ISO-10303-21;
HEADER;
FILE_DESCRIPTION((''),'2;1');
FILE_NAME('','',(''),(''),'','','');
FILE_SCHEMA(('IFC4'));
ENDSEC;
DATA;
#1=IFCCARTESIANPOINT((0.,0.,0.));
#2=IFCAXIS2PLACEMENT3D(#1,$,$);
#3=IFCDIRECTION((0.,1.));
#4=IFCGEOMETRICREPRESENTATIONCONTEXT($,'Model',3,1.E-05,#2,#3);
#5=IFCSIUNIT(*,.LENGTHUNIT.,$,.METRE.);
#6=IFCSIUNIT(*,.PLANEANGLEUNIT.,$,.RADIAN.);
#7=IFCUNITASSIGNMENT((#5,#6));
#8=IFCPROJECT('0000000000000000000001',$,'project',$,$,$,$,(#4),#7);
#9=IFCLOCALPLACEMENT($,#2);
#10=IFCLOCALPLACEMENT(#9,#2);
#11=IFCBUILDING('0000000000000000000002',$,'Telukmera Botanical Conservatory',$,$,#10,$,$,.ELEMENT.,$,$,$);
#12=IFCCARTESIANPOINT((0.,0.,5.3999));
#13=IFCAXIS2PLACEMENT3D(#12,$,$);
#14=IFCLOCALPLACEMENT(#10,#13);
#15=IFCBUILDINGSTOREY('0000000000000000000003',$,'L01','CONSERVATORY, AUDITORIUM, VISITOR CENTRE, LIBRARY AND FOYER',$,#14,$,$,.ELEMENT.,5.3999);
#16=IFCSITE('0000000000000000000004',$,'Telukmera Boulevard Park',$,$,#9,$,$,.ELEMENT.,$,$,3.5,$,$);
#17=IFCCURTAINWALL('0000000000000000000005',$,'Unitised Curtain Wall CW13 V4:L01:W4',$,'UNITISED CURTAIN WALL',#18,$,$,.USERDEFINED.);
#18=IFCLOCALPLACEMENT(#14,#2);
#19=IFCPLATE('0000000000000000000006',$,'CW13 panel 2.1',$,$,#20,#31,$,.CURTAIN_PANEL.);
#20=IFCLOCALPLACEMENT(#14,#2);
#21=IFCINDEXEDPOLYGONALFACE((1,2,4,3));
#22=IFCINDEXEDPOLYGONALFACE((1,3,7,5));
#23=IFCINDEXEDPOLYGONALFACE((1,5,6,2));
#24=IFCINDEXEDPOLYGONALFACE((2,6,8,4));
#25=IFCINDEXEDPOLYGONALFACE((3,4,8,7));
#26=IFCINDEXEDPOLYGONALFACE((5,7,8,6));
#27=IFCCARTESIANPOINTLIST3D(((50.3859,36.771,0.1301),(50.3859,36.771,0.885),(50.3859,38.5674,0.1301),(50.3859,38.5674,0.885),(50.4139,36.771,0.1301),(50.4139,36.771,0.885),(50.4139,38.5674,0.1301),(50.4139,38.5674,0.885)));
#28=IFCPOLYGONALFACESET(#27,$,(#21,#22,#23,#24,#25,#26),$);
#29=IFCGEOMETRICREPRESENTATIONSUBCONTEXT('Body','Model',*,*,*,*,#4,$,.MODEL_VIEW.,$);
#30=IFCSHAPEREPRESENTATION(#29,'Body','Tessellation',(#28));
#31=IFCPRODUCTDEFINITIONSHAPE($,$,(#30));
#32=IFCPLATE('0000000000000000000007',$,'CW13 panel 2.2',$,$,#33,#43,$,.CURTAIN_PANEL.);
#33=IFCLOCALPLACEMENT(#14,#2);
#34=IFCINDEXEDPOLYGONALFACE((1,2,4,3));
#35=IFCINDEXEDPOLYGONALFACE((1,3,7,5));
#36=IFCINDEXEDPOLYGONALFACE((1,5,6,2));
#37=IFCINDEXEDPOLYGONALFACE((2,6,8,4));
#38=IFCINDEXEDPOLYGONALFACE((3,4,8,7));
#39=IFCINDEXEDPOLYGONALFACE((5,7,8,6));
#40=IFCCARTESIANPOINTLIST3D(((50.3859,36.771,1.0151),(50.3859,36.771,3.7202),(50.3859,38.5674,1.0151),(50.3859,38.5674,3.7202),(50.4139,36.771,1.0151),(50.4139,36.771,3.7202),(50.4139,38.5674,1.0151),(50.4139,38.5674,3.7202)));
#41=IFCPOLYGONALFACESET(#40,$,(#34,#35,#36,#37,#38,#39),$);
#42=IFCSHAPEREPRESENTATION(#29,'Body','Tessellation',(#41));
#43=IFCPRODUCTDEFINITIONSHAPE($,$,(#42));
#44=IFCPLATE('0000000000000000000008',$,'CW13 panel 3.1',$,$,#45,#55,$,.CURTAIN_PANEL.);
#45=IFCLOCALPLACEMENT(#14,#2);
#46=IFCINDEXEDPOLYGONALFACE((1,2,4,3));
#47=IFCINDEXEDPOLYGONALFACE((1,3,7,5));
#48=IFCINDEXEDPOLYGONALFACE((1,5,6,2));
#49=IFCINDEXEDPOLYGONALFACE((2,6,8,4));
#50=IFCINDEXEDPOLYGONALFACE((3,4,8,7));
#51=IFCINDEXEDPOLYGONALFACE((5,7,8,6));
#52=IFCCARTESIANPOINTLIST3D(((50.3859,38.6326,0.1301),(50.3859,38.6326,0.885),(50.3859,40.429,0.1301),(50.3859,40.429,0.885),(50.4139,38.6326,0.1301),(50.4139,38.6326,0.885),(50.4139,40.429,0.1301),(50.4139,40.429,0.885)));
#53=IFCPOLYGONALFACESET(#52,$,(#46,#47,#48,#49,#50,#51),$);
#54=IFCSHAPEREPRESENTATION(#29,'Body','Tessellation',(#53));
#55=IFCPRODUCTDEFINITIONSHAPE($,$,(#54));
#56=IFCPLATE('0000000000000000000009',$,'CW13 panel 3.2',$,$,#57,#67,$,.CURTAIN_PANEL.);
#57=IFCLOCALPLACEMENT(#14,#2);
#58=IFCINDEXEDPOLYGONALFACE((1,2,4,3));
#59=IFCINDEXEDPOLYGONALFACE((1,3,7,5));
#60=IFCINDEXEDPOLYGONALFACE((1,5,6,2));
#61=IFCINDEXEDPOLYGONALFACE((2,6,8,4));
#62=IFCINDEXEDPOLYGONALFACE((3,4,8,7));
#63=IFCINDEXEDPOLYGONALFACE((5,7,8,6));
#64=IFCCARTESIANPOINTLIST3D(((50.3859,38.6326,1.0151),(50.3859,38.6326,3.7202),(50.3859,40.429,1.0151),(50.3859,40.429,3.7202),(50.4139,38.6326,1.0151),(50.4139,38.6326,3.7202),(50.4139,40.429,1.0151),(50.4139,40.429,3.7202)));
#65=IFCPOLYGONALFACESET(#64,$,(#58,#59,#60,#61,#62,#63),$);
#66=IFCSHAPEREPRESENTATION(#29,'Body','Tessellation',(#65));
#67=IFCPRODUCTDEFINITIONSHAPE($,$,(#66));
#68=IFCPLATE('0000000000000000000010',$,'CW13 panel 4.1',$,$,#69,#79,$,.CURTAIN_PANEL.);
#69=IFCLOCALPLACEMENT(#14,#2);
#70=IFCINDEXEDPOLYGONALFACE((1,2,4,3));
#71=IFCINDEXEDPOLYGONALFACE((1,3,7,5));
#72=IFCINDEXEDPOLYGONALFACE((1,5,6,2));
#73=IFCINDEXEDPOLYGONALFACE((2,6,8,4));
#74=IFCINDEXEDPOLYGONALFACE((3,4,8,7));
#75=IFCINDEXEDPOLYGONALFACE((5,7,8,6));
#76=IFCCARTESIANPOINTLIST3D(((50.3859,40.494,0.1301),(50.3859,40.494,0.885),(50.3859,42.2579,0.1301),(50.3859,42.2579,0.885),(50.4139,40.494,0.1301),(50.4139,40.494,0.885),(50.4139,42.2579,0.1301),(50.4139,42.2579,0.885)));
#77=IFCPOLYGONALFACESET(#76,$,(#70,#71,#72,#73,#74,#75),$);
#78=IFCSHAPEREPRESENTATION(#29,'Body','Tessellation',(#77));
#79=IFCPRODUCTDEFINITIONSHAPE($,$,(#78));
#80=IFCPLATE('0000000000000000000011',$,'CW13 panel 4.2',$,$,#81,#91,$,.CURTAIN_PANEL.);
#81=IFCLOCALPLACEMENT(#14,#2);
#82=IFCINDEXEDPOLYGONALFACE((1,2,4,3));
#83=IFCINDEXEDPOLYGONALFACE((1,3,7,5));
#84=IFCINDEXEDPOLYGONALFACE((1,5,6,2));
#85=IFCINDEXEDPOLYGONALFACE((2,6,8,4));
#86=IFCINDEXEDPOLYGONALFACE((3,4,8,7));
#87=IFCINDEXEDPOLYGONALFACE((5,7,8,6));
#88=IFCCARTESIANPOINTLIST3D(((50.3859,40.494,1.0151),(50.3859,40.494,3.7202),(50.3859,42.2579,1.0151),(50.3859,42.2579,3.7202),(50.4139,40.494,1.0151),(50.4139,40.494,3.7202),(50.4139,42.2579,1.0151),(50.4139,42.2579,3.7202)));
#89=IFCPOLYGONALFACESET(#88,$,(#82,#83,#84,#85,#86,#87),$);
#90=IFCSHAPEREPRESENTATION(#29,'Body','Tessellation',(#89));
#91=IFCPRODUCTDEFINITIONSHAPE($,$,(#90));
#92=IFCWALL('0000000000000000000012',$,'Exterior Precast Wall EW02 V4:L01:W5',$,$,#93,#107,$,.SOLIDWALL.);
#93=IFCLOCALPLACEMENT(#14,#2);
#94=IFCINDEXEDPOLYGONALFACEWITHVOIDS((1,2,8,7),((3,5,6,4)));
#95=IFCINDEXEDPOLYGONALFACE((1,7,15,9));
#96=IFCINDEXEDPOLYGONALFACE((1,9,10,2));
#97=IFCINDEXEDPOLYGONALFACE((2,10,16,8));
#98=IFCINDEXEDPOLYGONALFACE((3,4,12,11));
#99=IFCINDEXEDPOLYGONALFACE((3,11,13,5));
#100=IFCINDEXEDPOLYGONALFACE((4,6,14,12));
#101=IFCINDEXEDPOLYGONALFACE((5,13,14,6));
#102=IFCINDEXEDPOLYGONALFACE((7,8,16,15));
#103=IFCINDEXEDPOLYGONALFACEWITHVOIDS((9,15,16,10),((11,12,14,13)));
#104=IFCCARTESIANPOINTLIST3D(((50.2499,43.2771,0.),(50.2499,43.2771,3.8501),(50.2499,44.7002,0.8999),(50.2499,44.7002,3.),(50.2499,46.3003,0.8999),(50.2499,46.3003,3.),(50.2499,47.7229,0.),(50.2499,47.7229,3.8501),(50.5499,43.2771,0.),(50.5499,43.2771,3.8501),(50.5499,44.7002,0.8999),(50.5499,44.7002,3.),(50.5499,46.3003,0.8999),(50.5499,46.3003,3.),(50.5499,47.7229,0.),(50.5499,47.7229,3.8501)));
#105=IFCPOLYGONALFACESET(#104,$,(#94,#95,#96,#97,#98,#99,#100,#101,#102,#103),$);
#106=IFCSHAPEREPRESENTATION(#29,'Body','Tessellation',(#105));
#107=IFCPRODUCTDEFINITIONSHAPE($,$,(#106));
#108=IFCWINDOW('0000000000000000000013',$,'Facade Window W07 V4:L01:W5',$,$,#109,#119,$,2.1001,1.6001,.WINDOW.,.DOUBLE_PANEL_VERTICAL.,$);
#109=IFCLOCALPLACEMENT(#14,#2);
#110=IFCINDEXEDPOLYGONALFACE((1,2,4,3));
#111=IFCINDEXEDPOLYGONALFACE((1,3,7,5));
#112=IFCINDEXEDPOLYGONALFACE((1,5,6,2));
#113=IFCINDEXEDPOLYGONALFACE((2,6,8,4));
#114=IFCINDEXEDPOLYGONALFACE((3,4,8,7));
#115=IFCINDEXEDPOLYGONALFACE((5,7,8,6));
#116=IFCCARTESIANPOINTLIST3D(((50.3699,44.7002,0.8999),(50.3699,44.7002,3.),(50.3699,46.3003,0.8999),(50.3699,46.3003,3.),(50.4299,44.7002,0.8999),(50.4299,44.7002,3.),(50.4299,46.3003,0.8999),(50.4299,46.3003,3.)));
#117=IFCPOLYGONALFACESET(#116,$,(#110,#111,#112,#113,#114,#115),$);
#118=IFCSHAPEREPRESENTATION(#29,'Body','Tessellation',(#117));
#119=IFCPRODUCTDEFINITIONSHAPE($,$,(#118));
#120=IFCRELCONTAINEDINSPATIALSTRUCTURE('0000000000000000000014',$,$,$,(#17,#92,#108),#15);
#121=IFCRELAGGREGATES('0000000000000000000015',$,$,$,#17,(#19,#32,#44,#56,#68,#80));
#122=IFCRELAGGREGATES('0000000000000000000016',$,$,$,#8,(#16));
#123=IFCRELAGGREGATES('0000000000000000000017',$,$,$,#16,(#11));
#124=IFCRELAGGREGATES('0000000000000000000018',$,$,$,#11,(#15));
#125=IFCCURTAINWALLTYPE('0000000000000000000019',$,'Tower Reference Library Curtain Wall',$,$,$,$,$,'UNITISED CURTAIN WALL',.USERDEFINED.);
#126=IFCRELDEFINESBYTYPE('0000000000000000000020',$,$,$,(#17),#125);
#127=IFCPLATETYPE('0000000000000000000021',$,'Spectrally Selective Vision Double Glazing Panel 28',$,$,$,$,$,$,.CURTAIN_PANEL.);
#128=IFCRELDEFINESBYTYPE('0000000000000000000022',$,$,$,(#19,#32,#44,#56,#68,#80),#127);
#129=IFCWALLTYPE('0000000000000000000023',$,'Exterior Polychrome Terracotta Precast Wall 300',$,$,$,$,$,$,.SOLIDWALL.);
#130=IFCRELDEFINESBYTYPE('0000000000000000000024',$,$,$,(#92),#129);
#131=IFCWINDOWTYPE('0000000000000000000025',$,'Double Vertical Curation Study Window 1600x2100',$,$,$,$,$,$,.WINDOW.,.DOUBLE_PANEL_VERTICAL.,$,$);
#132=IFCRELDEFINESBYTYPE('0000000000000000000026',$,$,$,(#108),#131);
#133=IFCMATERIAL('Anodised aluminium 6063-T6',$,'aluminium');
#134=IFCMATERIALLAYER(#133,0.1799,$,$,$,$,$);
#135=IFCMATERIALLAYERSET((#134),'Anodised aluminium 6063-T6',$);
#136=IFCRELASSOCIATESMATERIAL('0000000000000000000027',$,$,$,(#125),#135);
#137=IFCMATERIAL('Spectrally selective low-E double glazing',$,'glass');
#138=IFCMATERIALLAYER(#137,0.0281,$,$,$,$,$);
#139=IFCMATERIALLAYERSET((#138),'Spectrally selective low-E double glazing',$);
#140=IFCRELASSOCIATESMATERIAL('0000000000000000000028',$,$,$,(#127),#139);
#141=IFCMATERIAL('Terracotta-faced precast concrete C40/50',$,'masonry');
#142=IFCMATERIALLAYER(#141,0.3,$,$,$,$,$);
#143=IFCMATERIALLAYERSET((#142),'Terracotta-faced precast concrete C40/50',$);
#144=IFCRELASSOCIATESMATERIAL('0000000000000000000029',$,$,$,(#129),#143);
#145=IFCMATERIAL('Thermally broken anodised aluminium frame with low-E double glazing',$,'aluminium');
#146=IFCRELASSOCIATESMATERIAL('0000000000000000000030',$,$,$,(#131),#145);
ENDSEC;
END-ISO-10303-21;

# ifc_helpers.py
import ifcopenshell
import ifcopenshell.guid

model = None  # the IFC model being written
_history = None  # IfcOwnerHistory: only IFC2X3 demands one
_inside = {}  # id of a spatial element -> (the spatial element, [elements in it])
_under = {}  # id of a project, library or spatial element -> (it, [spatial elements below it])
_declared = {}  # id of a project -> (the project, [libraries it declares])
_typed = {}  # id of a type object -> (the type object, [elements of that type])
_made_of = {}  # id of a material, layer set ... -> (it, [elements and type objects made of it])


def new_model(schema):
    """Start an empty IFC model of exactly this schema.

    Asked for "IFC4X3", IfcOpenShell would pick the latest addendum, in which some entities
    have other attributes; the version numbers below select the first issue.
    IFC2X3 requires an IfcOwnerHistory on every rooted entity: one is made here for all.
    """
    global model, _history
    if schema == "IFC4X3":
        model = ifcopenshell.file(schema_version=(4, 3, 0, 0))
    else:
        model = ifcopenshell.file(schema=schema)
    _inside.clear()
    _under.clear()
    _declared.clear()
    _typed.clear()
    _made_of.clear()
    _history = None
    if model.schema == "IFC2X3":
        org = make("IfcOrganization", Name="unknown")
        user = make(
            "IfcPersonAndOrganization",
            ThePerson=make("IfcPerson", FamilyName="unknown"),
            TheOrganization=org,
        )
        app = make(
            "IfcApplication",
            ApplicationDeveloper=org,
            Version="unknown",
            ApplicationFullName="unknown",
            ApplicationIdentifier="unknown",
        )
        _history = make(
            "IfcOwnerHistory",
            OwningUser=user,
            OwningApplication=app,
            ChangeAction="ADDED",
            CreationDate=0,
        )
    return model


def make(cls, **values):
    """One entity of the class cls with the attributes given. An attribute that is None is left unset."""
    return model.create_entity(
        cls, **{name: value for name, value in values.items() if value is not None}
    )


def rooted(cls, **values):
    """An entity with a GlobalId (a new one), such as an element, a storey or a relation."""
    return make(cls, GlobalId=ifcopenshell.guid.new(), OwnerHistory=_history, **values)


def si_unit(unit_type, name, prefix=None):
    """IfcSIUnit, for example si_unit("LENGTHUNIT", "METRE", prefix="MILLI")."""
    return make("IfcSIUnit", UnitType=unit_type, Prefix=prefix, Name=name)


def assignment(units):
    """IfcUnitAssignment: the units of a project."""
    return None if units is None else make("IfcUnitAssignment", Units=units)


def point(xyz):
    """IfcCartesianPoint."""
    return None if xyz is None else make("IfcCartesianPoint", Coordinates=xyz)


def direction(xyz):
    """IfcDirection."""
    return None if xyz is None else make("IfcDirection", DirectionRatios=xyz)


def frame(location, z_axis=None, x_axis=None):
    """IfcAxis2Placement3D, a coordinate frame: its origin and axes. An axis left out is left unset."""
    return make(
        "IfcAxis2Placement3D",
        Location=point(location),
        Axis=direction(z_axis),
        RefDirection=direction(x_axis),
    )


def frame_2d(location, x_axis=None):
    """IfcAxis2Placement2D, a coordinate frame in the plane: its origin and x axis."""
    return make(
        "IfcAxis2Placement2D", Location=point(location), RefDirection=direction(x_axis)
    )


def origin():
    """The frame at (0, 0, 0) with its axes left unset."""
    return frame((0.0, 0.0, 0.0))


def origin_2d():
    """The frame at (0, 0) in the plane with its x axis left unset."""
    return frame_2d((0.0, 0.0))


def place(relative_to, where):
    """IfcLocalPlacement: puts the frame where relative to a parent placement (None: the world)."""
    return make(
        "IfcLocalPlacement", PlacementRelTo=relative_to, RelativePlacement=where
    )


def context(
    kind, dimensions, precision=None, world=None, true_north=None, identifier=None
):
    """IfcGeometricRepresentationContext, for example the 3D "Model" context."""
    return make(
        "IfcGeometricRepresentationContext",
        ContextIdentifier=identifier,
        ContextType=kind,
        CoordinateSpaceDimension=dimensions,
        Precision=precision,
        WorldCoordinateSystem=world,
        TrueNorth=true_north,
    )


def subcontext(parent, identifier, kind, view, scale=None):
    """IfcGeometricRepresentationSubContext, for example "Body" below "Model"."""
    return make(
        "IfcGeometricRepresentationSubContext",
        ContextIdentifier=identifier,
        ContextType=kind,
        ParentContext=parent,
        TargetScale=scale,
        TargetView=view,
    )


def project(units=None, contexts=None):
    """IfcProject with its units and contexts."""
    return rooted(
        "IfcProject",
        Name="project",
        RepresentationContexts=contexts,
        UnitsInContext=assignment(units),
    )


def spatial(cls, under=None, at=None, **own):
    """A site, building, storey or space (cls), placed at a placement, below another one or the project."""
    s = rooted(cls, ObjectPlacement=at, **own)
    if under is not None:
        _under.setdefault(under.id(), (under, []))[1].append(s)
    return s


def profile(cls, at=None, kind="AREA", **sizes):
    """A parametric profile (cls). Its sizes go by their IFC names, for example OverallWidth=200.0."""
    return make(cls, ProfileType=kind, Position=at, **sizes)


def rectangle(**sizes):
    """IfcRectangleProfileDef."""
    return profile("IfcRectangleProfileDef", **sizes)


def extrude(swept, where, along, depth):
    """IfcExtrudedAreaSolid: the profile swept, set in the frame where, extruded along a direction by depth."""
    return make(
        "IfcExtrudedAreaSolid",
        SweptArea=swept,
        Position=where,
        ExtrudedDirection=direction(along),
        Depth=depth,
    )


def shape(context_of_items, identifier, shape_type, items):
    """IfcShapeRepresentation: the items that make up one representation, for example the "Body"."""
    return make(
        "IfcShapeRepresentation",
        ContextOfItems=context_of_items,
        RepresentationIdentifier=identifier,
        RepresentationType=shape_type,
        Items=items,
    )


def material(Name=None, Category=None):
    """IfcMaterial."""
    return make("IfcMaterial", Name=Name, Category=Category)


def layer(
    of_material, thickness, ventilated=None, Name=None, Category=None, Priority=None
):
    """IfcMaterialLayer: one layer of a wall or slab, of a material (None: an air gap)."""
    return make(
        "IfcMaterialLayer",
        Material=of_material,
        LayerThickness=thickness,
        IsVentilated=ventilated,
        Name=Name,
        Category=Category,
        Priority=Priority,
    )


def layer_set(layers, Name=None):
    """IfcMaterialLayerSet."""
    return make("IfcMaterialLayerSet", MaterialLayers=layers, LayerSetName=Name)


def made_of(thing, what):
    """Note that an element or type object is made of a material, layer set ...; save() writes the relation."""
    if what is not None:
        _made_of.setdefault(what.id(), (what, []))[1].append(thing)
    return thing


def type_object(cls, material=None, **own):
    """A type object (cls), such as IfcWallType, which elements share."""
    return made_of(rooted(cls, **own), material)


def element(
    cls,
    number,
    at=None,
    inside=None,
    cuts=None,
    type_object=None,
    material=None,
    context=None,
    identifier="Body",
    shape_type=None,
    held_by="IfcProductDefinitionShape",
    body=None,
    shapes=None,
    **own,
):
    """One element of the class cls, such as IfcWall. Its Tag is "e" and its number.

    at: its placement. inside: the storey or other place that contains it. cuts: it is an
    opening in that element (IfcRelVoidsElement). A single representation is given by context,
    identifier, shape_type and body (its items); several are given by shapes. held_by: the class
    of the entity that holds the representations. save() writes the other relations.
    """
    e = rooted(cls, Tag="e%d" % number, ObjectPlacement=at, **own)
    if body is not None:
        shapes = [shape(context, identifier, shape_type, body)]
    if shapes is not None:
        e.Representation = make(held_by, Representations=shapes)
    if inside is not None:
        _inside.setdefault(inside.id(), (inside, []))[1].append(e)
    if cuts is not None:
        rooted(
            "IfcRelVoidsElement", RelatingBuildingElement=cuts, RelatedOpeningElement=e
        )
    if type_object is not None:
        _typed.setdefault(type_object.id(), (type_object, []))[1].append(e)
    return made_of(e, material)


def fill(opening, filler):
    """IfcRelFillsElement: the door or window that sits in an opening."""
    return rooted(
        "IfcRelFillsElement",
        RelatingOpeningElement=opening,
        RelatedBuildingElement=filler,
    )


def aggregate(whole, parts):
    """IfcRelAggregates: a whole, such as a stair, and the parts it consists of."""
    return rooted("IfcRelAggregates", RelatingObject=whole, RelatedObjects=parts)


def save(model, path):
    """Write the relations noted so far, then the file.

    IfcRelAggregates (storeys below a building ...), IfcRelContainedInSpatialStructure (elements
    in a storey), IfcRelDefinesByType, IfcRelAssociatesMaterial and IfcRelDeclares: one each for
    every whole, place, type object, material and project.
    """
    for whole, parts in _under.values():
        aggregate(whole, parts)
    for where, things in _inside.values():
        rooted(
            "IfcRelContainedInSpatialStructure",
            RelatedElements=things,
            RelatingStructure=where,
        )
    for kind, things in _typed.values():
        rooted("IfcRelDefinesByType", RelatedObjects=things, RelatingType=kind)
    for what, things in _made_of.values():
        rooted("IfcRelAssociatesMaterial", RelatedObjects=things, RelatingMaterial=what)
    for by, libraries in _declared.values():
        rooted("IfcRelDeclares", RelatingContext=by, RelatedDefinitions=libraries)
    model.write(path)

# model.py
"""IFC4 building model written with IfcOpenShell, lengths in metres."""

from ifc_helpers import new_model, si_unit, direction, frame, frame_2d, origin, origin_2d, place, context, subcontext, project, spatial, rectangle, extrude, material, layer, layer_set, type_object, element, fill, aggregate, save


model = new_model("IFC4")

# Units and contexts
model_context = context("Model", 3, precision=1e-05, world=origin(), true_north=direction((0.0, 1.0)))
body_context = subcontext(model_context, "Body", "Model", "MODEL_VIEW")
ifc_project = project(units=[si_unit("LENGTHUNIT", "METRE"), si_unit("PLANEANGLEUNIT", "RADIAN")], contexts=[model_context])

# Site, building, storey
site_placement = place(None, origin())
site = spatial("IfcSite", under=ifc_project, at=site_placement, Name="Telukmera Boulevard Park", CompositionType="ELEMENT", RefElevation=3.5)
building_placement = place(site_placement, origin())
building = spatial("IfcBuilding", under=site, at=building_placement, Name="Telukmera Botanical Conservatory", CompositionType="ELEMENT")
storey_placement = place(building_placement, frame((0.0, 0.0, 5.3999)))
storey = spatial("IfcBuildingStorey", under=building, at=storey_placement, Name="L01", Description="CONSERVATORY, AUDITORIUM, VISITOR CENTRE, LIBRARY AND FOYER", CompositionType="ELEMENT", Elevation=5.3999)

# Curtain wall, plates
ifc_material_1 = material(Name="Anodised aluminium 6063-T6", Category="aluminium")
ifc_layer_1 = layer(ifc_material_1, 0.1799)
ifc_layer_set_1 = layer_set([ifc_layer_1], Name="Anodised aluminium 6063-T6")
curtain_wall_type = type_object("IfcCurtainWallType", Name="Tower Reference Library Curtain Wall", ElementType="UNITISED CURTAIN WALL", PredefinedType="USERDEFINED", material=ifc_layer_set_1)
curtain_wall_placement = place(storey_placement, origin())
curtain_wall = element("IfcCurtainWall", 1, at=curtain_wall_placement, inside=storey, type_object=curtain_wall_type, Name="Unitised Curtain Wall CW13 V4:L01:W4", ObjectType="UNITISED CURTAIN WALL", PredefinedType="USERDEFINED")
ifc_material_2 = material(Name="Spectrally selective low-E double glazing", Category="glass")
ifc_layer_2 = layer(ifc_material_2, 0.0281)
ifc_layer_set_2 = layer_set([ifc_layer_2], Name="Spectrally selective low-E double glazing")
plate_type = type_object("IfcPlateType", Name="Spectrally Selective Vision Double Glazing Panel 28", PredefinedType="CURTAIN_PANEL", material=ifc_layer_set_2)
plate_1_placement = place(storey_placement, frame((50.3999, 37.6692, 0.1301), z_axis=(0.0, 0.0, 1.0), x_axis=(0.0, 1.0, 0.0)))
plate_1 = element("IfcPlate", 2, at=plate_1_placement, type_object=plate_type, Name="CW13 panel 2.1", PredefinedType="CURTAIN_PANEL", context=body_context, shape_type="SweptSolid", body=[
    extrude(rectangle(XDim=1.7964, YDim=0.0281, at=origin_2d()), origin(), (0.0, 0.0, 1.0), 0.7549),
])
plate_2_placement = place(storey_placement, frame((50.3999, 37.6692, 1.0151), z_axis=(0.0, 0.0, 1.0), x_axis=(0.0, 1.0, 0.0)))
plate_2 = element("IfcPlate", 3, at=plate_2_placement, type_object=plate_type, Name="CW13 panel 2.2", PredefinedType="CURTAIN_PANEL", context=body_context, shape_type="SweptSolid", body=[
    extrude(rectangle(XDim=1.7964, YDim=0.0281, at=origin_2d()), origin(), (0.0, 0.0, 1.0), 2.7051),
])
plate_3_placement = place(storey_placement, frame((50.3999, 39.5308, 0.1301), z_axis=(0.0, 0.0, 1.0), x_axis=(0.0, 1.0, 0.0)))
plate_3 = element("IfcPlate", 4, at=plate_3_placement, type_object=plate_type, Name="CW13 panel 3.1", PredefinedType="CURTAIN_PANEL", context=body_context, shape_type="SweptSolid", body=[
    extrude(rectangle(XDim=1.7964, YDim=0.0281, at=origin_2d()), origin(), (0.0, 0.0, 1.0), 0.7549),
])
plate_4_placement = place(storey_placement, frame((50.3999, 39.5308, 1.0151), z_axis=(0.0, 0.0, 1.0), x_axis=(0.0, 1.0, 0.0)))
plate_4 = element("IfcPlate", 5, at=plate_4_placement, type_object=plate_type, Name="CW13 panel 3.2", PredefinedType="CURTAIN_PANEL", context=body_context, shape_type="SweptSolid", body=[
    extrude(rectangle(XDim=1.7964, YDim=0.0281, at=origin_2d()), origin(), (0.0, 0.0, 1.0), 2.7051),
])
plate_5_placement = place(storey_placement, frame((50.3999, 41.376, 0.1301), z_axis=(0.0, 0.0, 1.0), x_axis=(0.0, 1.0, 0.0)))
plate_5 = element("IfcPlate", 6, at=plate_5_placement, type_object=plate_type, Name="CW13 panel 4.1", PredefinedType="CURTAIN_PANEL", context=body_context, shape_type="SweptSolid", body=[
    extrude(rectangle(XDim=1.7639, YDim=0.0281, at=origin_2d()), origin(), (0.0, 0.0, 1.0), 0.7549),
])
plate_6_placement = place(storey_placement, frame((50.3999, 41.376, 1.0151), z_axis=(0.0, 0.0, 1.0), x_axis=(0.0, 1.0, 0.0)))
plate_6 = element("IfcPlate", 7, at=plate_6_placement, type_object=plate_type, Name="CW13 panel 4.2", PredefinedType="CURTAIN_PANEL", context=body_context, shape_type="SweptSolid", body=[
    extrude(rectangle(XDim=1.7639, YDim=0.0281, at=origin_2d()), origin(), (0.0, 0.0, 1.0), 2.7051),
])
aggregate(curtain_wall, [plate_1, plate_2, plate_3, plate_4, plate_5, plate_6])

# Wall, opening, window
ifc_material_3 = material(Name="Terracotta-faced precast concrete C40/50", Category="masonry")
ifc_layer_3 = layer(ifc_material_3, 0.3)
ifc_layer_set_3 = layer_set([ifc_layer_3], Name="Terracotta-faced precast concrete C40/50")
wall_type = type_object("IfcWallType", Name="Exterior Polychrome Terracotta Precast Wall 300", PredefinedType="SOLIDWALL", material=ifc_layer_set_3)
wall_placement = place(storey_placement, frame((50.3999, 43.2771, 0.0), z_axis=(0.0, 0.0, 1.0), x_axis=(0.0, 1.0, 0.0)))
wall = element("IfcWall", 8, at=wall_placement, inside=storey, type_object=wall_type, Name="Exterior Precast Wall EW02 V4:L01:W5", PredefinedType="SOLIDWALL", context=body_context, shape_type="SweptSolid", body=[
    extrude(rectangle(XDim=4.4458, YDim=0.3, at=frame_2d((2.2229, 0.0))), origin(), (0.0, 0.0, 1.0), 3.8501),
])
opening_placement = place(wall_placement, frame((1.4231, 0.0, 0.8999)))
opening = element("IfcOpeningElement", 9, at=opening_placement, cuts=wall, PredefinedType="OPENING", context=body_context, shape_type="SweptSolid", body=[
    extrude(rectangle(XDim=1.6001, YDim=2.1001, at=frame_2d((0.8, 1.05))), frame((0.0, 0.1599, 0.0), z_axis=(0.0, -1.0, 0.0), x_axis=(1.0, 0.0, 0.0)), (0.0, 0.0, 1.0), 0.3201),
])
ifc_material_4 = material(Name="Thermally broken anodised aluminium frame with low-E double glazing", Category="aluminium")
window_type = type_object("IfcWindowType", Name="Double Vertical Curation Study Window 1600x2100", PartitioningType="DOUBLE_PANEL_VERTICAL", PredefinedType="WINDOW", material=ifc_material_4)
window_placement = place(opening_placement, origin())
window = element("IfcWindow", 10, at=window_placement, inside=storey, type_object=window_type, Name="Facade Window W07 V4:L01:W5", OverallHeight=2.1001, OverallWidth=1.6001, PartitioningType="DOUBLE_PANEL_VERTICAL", PredefinedType="WINDOW", context=body_context, shape_type="SweptSolid", body=[
    extrude(rectangle(XDim=1.6001, YDim=2.1001, at=frame_2d((0.8, 1.05))), frame((0.0, 0.03, 0.0), z_axis=(0.0, -1.0, 0.0), x_axis=(1.0, 0.0, 0.0)), (0.0, 0.0, 1.0), 0.0601),
])
fill(opening, window)

save(model, "model.ifc")
